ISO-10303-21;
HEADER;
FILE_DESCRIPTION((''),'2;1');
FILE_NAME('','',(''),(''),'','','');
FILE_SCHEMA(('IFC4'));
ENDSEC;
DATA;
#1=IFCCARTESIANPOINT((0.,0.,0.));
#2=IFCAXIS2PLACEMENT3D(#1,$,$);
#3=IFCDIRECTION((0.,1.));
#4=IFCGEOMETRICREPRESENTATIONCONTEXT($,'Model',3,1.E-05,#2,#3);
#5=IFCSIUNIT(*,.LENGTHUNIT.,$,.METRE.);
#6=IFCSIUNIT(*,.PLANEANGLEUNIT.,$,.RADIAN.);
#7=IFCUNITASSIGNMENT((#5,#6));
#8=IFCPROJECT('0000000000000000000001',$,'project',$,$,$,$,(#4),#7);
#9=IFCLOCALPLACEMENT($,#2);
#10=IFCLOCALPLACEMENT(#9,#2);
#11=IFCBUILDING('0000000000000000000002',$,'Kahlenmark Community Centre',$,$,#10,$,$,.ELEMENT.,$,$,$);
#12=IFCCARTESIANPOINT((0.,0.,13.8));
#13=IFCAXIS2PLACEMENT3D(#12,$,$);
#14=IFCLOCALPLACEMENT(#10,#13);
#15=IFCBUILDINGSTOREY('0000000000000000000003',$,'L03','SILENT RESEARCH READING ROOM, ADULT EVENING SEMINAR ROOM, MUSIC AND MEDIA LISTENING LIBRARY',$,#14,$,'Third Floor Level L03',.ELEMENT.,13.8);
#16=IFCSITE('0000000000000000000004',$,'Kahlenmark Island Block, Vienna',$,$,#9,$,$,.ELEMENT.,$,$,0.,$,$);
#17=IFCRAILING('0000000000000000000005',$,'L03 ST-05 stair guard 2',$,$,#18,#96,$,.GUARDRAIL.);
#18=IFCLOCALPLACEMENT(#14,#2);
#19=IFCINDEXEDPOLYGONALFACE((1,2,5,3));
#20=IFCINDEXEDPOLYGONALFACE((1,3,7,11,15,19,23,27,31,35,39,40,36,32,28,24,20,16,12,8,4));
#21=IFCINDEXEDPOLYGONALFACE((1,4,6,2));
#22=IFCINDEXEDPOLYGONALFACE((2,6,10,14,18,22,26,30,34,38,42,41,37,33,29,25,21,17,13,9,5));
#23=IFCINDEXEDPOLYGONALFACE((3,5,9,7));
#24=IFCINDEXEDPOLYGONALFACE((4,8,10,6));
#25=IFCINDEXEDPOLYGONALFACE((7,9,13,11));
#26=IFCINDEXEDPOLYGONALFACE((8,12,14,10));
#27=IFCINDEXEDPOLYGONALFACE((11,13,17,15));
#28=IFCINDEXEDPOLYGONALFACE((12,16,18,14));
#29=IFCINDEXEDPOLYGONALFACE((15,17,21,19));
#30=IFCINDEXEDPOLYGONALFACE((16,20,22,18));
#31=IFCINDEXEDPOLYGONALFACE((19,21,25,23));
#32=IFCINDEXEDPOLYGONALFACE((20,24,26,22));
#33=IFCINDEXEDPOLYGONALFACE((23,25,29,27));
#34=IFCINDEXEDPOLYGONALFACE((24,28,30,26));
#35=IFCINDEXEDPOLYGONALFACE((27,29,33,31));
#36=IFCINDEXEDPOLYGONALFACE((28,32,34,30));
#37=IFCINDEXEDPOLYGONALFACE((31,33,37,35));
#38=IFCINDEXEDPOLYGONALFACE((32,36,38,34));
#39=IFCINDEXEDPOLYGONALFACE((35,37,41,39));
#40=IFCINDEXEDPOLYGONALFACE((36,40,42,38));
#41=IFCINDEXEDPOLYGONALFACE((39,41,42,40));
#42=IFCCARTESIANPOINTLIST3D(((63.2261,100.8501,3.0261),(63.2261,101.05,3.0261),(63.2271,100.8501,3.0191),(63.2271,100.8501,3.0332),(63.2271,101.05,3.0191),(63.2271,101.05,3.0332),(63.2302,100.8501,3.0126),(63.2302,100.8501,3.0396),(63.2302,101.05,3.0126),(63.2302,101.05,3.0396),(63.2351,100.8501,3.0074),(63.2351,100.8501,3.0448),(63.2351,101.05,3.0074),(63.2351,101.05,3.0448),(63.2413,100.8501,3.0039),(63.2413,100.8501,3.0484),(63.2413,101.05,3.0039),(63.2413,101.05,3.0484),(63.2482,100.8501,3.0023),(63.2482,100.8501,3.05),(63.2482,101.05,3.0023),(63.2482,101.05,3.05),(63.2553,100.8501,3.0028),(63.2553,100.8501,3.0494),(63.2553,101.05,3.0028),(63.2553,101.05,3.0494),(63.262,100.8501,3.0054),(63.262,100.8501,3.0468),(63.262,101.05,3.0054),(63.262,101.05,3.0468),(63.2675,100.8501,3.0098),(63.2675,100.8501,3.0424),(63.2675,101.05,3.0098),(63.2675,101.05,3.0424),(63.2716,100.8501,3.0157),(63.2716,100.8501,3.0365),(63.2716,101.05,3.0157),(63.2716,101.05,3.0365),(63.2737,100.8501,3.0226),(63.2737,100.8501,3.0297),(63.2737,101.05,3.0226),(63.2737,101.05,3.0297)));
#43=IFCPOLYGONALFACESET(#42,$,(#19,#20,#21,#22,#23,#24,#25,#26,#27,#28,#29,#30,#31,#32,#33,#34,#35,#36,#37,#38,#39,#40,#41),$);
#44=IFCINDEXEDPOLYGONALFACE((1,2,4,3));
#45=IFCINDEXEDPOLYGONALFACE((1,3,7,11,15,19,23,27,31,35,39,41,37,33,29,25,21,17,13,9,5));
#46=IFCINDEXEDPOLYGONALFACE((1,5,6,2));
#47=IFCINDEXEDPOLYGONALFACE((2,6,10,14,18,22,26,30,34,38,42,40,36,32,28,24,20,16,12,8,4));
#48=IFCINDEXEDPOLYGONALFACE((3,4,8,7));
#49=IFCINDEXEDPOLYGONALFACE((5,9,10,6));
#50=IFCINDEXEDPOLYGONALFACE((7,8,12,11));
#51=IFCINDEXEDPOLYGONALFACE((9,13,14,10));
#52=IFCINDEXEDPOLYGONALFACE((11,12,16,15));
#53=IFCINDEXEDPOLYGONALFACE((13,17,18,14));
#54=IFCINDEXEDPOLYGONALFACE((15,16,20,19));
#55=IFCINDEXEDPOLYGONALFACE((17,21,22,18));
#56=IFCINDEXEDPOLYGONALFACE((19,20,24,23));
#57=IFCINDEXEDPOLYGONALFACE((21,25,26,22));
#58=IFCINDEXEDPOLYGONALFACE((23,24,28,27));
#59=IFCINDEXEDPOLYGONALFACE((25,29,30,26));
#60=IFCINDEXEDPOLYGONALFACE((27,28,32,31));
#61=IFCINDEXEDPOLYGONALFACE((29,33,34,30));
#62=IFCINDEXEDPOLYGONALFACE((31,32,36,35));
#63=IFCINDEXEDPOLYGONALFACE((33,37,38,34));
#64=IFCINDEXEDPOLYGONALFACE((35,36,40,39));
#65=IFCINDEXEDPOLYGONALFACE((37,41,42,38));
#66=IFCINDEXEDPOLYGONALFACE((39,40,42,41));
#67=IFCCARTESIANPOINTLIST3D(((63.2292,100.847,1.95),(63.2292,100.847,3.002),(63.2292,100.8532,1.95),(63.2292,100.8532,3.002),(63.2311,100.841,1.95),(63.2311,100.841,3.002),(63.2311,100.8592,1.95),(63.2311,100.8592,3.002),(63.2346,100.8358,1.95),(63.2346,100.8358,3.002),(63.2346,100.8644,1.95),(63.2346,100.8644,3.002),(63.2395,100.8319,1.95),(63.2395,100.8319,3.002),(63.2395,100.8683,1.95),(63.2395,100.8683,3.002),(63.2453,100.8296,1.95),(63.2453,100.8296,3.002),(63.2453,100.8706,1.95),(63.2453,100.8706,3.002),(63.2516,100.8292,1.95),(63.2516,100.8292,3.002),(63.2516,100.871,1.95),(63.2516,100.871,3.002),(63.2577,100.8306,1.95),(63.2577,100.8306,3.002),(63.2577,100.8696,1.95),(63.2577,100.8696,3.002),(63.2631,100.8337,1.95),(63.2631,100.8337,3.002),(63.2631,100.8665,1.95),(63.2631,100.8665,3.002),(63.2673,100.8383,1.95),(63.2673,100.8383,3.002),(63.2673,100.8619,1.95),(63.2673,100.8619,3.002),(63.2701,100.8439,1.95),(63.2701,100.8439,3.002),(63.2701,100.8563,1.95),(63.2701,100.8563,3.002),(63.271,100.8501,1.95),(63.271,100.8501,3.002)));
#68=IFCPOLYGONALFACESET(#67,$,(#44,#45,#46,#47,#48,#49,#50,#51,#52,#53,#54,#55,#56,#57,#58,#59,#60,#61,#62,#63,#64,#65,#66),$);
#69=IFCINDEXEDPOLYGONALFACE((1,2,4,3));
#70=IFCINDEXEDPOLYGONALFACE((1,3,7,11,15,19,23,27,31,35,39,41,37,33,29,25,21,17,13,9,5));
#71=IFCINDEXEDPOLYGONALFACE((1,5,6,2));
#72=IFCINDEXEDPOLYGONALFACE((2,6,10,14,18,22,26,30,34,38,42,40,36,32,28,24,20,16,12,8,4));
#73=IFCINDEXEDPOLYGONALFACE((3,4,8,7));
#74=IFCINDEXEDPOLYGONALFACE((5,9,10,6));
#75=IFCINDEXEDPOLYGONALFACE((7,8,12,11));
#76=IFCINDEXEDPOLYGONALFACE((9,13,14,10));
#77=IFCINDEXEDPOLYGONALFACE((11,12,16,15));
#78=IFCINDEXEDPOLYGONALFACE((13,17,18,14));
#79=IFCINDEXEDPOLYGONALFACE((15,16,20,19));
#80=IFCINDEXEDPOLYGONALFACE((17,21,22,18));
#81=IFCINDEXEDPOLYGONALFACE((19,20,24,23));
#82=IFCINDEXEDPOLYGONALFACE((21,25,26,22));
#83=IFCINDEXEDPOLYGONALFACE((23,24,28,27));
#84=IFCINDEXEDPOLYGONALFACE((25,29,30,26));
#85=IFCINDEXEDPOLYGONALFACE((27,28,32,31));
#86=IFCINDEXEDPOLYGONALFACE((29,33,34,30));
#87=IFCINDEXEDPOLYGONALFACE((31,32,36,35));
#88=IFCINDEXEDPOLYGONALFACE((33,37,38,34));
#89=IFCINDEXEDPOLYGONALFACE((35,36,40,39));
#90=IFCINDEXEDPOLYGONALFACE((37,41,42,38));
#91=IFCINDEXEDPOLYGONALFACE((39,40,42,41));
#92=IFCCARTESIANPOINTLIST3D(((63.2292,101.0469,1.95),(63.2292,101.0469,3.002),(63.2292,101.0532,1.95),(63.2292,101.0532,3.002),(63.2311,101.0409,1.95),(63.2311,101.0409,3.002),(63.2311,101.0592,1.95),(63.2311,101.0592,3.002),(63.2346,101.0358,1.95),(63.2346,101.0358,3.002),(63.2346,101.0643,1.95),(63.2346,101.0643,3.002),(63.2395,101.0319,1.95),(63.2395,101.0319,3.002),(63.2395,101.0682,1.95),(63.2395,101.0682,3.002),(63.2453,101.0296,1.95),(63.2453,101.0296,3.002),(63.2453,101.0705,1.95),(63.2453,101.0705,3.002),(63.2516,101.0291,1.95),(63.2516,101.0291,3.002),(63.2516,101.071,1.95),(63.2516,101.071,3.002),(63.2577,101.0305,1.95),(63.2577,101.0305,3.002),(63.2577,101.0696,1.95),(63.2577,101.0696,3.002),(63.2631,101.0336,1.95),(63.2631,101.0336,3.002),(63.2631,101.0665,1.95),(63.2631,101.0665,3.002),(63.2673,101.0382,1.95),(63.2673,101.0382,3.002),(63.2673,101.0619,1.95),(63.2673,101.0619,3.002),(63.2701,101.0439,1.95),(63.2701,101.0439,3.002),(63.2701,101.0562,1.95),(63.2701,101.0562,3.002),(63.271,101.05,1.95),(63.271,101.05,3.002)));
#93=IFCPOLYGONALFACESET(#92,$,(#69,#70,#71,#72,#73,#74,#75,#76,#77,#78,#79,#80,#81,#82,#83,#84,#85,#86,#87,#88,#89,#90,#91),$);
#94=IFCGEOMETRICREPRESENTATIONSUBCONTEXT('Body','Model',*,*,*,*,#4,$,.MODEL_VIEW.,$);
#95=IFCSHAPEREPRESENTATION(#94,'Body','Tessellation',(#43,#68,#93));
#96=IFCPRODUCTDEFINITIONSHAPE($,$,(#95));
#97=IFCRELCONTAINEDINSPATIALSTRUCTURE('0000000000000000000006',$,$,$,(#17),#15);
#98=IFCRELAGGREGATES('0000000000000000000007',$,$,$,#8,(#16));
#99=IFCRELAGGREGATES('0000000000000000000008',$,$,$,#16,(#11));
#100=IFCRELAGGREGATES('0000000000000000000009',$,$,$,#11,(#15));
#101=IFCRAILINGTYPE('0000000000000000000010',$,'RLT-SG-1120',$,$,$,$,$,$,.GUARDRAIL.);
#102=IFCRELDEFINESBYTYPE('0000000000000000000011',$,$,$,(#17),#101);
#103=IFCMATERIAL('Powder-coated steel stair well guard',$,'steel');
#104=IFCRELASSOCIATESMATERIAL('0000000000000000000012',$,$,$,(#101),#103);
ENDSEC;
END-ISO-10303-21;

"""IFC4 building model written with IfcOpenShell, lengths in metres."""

from ifc_helpers import new_model, si_unit, direction, frame, origin, origin_2d, place, context, subcontext, project, spatial, circle, extrude, material, type_object, element, save


model = new_model("IFC4")

# Units and contexts
model_context = context("Model", 3, precision=1e-05, world=origin(), true_north=direction((0.0, 1.0)))
body_context = subcontext(model_context, "Body", "Model", "MODEL_VIEW")
ifc_project = project(units=[si_unit("LENGTHUNIT", "METRE"), si_unit("PLANEANGLEUNIT", "RADIAN")], contexts=[model_context])

# Site, building, storey
site_placement = place(None, origin())
site = spatial("IfcSite", under=ifc_project, at=site_placement, Name="Kahlenmark Island Block, Vienna", CompositionType="ELEMENT", RefElevation=0.0)
building_placement = place(site_placement, origin())
building = spatial("IfcBuilding", under=site, at=building_placement, Name="Kahlenmark Community Centre", CompositionType="ELEMENT")
storey_placement = place(building_placement, frame((0.0, 0.0, 13.8)))
storey = spatial("IfcBuildingStorey", under=building, at=storey_placement, Name="L03", Description="SILENT RESEARCH READING ROOM, ADULT EVENING SEMINAR ROOM, MUSIC AND MEDIA LISTENING LIBRARY", LongName="Third Floor Level L03", CompositionType="ELEMENT", Elevation=13.8)

# Railing
ifc_material_1 = material(Name="Powder-coated steel stair well guard", Category="steel")
railing_type_1 = type_object("IfcRailingType", Name="RLT-SG-1120", PredefinedType="GUARDRAIL", material=ifc_material_1)
railing_1_placement = place(storey_placement, frame((63.25, 100.8501, 1.95)))
element("IfcRailing", 1, at=railing_1_placement, inside=storey, type_object=railing_type_1, Name="L03 ST-05 stair guard 2", PredefinedType="GUARDRAIL", context=body_context, shape_type="SweptSolid", body=[
    extrude(circle(Radius=0.0239, at=origin_2d()), frame((0.0, 0.0, 1.0762), z_axis=(0.0, 1.0, 0.0), x_axis=(-1.0, 0.0, 0.0)), (0.0, 0.0, 1.0), 0.2),
    extrude(circle(Radius=0.021, at=origin_2d()), origin(), (0.0, 0.0, 1.0), 1.052),
    extrude(circle(Radius=0.021, at=origin_2d()), frame((0.0, 0.2, 0.0)), (0.0, 0.0, 1.0), 1.052),
])

save(model, "model.ifc")
